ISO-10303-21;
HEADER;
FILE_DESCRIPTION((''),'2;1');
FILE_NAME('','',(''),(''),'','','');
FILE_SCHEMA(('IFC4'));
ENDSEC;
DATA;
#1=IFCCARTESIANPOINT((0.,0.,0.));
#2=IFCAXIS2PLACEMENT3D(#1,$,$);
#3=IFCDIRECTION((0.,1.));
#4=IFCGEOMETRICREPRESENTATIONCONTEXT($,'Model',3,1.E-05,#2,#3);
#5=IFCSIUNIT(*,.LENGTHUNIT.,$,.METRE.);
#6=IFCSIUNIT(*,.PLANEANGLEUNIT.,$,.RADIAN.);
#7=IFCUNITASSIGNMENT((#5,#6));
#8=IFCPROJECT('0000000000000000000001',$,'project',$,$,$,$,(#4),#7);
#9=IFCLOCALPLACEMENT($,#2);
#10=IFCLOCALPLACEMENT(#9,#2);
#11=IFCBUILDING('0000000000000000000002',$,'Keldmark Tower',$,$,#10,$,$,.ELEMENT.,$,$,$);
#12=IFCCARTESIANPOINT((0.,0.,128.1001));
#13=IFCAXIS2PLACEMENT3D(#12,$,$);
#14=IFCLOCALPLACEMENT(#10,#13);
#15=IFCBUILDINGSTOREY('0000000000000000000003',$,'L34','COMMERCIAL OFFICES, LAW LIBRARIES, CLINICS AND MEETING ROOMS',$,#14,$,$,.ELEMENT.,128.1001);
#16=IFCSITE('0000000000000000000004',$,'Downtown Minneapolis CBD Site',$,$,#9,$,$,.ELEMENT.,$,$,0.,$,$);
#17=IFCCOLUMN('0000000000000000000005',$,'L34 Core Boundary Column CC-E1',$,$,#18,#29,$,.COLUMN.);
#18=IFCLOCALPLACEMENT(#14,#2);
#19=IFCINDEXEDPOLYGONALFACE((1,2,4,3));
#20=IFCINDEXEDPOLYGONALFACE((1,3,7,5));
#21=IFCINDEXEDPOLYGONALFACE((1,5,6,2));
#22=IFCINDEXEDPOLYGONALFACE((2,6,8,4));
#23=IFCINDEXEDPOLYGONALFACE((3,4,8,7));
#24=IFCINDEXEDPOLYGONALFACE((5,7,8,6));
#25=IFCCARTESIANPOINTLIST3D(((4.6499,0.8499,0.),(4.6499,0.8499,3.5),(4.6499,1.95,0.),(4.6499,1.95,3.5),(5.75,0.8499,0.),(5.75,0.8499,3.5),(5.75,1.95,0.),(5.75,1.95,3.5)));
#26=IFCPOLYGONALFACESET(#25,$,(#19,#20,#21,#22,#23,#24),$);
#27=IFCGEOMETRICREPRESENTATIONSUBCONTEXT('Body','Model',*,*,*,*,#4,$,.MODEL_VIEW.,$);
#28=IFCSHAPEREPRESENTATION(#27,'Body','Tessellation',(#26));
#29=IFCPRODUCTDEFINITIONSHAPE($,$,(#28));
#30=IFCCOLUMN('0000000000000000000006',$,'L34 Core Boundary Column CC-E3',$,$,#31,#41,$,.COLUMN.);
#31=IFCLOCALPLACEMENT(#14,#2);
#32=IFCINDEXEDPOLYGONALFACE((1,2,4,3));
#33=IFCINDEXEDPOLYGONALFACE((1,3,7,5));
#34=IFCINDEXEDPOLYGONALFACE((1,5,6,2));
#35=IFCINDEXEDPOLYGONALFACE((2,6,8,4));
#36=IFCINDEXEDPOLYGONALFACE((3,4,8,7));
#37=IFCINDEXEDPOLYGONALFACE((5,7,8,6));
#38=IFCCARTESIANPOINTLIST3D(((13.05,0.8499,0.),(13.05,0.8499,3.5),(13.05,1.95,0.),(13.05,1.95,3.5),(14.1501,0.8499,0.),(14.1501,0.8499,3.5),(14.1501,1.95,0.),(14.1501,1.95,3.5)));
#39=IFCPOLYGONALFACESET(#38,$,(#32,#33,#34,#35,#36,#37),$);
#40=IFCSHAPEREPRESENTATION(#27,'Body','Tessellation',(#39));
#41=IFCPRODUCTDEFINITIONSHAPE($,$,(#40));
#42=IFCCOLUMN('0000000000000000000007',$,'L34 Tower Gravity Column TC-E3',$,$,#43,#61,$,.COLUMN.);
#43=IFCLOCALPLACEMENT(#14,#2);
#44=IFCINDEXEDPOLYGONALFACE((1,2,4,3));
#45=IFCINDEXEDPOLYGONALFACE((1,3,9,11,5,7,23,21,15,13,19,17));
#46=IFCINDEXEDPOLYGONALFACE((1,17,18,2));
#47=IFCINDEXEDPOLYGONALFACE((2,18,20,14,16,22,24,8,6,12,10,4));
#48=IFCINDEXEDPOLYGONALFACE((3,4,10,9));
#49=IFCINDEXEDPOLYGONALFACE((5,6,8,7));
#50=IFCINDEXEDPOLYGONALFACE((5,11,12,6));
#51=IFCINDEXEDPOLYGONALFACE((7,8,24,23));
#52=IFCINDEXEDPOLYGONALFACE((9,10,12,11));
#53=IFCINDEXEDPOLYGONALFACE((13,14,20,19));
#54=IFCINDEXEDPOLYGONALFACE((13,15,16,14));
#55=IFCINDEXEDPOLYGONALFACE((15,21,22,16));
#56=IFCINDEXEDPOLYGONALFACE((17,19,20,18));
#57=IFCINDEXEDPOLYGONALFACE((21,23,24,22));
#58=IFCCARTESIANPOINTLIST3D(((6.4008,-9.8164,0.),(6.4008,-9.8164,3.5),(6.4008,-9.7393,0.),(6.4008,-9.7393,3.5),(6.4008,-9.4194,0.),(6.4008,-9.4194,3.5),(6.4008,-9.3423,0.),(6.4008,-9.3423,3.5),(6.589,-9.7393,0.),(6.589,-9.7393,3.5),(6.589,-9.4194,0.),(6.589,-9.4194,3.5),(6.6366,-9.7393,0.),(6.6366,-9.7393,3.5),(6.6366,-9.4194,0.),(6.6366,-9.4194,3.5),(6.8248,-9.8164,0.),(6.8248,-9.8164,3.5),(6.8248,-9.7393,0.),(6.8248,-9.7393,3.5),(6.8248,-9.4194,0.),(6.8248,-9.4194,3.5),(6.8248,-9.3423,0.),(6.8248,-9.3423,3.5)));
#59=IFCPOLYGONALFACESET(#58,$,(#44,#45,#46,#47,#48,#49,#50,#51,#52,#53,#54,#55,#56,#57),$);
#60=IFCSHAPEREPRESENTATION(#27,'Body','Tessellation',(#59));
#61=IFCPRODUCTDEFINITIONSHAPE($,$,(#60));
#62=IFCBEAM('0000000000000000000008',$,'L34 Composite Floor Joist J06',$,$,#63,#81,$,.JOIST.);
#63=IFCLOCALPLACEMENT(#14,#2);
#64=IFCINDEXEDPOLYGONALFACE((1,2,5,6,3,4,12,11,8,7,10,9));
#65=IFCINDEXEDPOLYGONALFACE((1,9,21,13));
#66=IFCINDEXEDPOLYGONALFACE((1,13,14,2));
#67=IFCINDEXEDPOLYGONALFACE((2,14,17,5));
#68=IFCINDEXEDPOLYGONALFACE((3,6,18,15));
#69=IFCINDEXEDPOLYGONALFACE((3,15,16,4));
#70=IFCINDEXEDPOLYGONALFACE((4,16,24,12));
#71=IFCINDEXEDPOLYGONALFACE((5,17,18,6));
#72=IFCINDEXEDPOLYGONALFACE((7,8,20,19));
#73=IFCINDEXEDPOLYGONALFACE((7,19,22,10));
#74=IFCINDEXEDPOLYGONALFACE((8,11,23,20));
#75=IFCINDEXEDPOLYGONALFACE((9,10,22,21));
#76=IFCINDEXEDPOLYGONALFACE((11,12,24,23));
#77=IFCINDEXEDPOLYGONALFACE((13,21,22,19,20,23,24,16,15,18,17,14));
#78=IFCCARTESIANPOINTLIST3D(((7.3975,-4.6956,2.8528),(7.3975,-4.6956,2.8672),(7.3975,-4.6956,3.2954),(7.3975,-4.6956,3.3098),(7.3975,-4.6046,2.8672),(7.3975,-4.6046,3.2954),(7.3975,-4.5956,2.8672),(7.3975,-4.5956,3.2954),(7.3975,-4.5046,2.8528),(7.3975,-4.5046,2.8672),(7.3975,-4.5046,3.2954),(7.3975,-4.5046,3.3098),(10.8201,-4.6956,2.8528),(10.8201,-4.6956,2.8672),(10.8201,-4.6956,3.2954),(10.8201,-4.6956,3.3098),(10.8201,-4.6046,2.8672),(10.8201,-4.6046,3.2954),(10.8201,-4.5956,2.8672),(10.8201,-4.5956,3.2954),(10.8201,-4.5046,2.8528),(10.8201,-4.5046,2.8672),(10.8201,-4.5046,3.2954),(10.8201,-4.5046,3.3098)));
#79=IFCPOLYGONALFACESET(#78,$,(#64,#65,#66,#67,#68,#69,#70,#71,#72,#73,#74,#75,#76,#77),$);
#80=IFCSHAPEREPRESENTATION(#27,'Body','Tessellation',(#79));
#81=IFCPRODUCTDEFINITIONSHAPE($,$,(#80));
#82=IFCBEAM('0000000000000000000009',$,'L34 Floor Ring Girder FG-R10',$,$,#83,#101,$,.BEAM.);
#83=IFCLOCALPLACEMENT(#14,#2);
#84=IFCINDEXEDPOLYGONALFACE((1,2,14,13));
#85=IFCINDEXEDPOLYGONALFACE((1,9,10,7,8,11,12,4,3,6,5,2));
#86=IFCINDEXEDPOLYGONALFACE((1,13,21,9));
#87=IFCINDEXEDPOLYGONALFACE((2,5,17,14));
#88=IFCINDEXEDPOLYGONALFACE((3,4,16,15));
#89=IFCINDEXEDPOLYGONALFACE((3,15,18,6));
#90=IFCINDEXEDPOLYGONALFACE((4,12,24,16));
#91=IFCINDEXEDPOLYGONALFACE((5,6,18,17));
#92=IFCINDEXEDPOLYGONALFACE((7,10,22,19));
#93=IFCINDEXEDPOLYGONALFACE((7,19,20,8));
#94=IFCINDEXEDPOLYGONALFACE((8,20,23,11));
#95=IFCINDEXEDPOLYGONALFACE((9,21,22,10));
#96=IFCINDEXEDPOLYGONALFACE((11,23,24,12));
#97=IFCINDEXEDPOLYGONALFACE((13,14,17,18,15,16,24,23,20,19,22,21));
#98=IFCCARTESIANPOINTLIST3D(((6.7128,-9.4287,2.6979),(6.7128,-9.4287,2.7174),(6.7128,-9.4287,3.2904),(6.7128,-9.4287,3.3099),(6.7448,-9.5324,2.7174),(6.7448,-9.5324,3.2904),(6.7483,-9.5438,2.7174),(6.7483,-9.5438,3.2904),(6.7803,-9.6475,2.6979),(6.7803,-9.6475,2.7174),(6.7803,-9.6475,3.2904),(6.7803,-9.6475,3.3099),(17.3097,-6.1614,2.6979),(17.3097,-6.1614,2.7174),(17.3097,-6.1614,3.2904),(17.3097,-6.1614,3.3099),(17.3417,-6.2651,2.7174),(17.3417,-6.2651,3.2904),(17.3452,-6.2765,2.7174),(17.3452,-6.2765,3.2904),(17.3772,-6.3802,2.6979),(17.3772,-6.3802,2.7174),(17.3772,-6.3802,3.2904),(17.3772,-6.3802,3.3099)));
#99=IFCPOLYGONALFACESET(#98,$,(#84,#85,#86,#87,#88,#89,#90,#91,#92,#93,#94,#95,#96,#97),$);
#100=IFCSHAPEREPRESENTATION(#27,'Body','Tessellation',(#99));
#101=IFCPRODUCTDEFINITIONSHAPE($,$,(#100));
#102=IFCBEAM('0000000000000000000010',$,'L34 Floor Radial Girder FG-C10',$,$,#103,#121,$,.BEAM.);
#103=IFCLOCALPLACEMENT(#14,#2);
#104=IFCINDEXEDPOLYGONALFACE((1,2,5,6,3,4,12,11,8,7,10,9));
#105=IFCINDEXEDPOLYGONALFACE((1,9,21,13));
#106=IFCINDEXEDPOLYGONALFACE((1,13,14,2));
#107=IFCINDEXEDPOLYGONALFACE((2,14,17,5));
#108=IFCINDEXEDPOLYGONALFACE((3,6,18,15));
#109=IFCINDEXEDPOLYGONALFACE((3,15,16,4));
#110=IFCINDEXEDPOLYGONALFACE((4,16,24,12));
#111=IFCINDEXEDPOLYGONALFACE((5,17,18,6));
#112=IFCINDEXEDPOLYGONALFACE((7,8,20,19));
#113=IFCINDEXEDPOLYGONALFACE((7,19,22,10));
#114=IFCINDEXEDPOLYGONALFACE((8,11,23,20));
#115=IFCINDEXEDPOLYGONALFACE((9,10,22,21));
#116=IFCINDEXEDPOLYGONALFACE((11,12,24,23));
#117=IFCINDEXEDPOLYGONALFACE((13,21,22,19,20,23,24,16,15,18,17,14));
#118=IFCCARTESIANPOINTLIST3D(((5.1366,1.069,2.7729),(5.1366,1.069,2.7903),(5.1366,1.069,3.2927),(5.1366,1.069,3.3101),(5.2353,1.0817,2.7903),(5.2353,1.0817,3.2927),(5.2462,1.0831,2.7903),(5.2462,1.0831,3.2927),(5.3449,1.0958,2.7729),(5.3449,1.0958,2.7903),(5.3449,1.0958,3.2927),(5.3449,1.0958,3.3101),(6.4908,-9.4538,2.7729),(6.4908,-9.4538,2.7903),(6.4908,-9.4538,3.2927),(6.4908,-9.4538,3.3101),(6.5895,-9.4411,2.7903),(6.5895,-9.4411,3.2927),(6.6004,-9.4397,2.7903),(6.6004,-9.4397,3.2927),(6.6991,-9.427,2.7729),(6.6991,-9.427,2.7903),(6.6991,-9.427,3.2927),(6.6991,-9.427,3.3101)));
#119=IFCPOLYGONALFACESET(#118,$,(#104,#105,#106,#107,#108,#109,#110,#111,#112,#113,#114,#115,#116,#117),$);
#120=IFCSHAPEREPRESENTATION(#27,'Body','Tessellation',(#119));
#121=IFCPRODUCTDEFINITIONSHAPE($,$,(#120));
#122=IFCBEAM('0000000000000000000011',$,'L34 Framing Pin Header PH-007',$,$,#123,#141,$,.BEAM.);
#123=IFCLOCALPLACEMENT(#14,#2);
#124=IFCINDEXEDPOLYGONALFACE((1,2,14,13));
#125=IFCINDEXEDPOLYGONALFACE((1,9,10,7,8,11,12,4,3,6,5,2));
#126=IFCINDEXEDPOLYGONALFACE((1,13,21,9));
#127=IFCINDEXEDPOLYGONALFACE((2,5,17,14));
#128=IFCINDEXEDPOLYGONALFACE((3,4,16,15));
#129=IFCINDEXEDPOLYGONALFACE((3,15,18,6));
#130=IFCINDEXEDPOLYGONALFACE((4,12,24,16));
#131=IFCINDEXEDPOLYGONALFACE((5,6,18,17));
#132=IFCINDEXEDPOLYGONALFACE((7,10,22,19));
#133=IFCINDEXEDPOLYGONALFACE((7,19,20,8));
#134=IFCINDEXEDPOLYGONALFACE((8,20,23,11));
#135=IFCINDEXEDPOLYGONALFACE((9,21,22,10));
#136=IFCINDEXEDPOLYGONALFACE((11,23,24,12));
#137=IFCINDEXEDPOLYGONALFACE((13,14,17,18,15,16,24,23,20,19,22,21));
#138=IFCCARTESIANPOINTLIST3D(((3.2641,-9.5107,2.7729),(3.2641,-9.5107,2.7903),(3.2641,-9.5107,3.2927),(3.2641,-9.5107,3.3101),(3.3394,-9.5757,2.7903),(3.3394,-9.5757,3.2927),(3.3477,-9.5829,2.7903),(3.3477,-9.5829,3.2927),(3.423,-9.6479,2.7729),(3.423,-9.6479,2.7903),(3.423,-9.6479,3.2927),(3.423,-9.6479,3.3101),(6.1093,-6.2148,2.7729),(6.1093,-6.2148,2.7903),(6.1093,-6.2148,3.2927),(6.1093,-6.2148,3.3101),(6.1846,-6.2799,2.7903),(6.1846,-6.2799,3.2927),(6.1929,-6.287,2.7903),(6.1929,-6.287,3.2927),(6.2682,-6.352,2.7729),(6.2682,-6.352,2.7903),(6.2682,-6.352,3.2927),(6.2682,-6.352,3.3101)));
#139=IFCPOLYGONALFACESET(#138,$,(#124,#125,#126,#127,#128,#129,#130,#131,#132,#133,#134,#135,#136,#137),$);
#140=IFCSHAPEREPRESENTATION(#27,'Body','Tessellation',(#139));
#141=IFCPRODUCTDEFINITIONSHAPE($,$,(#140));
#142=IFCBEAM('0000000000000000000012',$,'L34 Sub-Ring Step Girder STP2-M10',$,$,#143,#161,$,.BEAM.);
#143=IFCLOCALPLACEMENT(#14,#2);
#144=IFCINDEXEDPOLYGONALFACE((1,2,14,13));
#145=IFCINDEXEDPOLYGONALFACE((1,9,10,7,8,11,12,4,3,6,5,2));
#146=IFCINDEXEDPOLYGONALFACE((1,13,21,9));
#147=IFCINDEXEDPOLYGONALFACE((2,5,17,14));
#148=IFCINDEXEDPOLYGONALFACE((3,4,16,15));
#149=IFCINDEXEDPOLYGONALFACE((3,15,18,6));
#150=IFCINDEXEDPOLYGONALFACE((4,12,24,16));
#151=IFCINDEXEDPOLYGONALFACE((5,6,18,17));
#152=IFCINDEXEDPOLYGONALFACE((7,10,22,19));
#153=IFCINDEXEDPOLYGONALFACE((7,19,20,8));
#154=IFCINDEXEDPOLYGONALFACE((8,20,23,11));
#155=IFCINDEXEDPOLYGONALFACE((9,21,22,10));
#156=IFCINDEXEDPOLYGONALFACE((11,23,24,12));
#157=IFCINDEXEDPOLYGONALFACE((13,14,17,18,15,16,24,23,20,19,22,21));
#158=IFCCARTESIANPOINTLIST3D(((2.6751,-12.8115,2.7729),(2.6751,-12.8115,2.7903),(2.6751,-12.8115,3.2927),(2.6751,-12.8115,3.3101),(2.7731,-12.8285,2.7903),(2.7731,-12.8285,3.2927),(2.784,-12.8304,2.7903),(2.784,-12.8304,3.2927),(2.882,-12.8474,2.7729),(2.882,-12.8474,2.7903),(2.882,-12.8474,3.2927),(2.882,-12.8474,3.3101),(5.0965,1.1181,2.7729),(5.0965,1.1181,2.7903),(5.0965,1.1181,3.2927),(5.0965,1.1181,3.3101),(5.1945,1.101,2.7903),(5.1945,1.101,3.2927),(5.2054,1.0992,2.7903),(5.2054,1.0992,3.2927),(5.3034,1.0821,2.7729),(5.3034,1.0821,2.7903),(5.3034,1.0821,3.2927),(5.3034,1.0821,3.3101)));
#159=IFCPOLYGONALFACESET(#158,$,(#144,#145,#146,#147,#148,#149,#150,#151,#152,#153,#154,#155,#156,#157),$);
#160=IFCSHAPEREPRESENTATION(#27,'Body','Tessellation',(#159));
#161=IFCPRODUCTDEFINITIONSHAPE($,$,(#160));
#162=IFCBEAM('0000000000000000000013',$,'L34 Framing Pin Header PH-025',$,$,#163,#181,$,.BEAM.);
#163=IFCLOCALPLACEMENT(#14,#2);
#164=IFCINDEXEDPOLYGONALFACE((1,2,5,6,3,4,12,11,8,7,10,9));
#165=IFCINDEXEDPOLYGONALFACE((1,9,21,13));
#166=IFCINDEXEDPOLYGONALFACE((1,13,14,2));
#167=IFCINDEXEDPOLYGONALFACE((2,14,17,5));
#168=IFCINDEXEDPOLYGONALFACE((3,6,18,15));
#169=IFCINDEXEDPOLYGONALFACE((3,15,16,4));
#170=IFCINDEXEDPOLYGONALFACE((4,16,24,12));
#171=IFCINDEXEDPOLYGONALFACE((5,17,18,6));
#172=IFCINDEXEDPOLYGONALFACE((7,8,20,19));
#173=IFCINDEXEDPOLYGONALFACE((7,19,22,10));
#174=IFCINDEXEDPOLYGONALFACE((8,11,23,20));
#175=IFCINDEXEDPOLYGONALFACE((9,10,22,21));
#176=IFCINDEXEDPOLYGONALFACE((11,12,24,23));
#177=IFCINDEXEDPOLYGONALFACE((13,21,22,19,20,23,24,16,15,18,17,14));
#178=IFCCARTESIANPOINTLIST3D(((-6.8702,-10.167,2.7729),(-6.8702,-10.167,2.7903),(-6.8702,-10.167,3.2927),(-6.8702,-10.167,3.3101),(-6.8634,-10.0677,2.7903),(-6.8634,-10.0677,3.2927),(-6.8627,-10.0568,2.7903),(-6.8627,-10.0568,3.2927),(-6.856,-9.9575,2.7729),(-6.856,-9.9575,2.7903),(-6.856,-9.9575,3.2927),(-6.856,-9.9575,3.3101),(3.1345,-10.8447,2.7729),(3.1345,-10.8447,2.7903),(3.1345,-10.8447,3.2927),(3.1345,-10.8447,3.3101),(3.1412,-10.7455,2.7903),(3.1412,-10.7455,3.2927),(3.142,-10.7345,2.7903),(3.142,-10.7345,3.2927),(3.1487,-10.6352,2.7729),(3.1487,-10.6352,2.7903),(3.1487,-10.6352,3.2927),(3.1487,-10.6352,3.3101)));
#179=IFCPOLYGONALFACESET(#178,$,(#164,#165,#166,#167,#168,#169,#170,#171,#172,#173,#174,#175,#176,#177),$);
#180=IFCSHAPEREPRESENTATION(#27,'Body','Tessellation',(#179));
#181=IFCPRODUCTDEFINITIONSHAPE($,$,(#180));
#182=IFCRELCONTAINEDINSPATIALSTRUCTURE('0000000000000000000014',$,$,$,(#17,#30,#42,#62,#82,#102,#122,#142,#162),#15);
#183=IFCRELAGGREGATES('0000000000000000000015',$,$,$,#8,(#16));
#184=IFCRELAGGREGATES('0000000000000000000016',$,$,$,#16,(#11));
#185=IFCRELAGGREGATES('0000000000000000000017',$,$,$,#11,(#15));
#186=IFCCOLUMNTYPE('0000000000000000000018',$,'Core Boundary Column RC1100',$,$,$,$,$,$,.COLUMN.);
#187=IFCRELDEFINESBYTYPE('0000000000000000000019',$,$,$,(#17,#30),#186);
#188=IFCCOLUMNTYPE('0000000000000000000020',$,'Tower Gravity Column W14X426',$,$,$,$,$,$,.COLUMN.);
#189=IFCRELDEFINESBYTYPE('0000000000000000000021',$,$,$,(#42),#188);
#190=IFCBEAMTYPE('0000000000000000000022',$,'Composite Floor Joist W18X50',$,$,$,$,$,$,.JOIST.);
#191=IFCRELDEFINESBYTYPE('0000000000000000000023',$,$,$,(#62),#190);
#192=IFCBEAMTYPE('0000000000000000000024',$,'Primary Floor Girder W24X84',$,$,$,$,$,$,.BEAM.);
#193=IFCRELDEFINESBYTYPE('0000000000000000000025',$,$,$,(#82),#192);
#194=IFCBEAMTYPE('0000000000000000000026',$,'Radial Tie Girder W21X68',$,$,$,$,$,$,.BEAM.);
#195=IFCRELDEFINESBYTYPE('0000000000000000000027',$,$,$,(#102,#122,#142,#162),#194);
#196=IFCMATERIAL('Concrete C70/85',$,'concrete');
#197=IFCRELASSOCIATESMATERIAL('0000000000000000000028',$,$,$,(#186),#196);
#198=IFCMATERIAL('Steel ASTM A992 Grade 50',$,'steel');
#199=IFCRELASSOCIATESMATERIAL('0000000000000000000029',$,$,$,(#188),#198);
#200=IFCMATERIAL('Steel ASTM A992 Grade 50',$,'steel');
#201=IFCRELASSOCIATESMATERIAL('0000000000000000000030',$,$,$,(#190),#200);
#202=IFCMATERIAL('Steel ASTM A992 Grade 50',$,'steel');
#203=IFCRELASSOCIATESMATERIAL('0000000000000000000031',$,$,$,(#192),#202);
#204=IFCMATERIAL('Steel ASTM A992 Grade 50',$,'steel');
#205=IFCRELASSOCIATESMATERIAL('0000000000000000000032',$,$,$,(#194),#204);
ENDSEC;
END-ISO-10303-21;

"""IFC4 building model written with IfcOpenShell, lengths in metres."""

from ifc_helpers import new_model, si_unit, direction, frame, origin, origin_2d, place, context, subcontext, project, spatial, rectangle, i_section, extrude, material, material_profile, profile_set, type_object, element, save


model = new_model("IFC4")

# Units and contexts
model_context = context("Model", 3, precision=1e-05, world=origin(), true_north=direction((0.0, 1.0)))
body_context = subcontext(model_context, "Body", "Model", "MODEL_VIEW")
ifc_project = project(units=[si_unit("LENGTHUNIT", "METRE"), si_unit("PLANEANGLEUNIT", "RADIAN")], contexts=[model_context])

# Site, building, storey
site_placement = place(None, origin())
site = spatial("IfcSite", under=ifc_project, at=site_placement, Name="Downtown Minneapolis CBD Site", CompositionType="ELEMENT", RefElevation=0.0)
building_placement = place(site_placement, origin())
building = spatial("IfcBuilding", under=site, at=building_placement, Name="Keldmark Tower", CompositionType="ELEMENT")
storey_placement = place(building_placement, frame((0.0, 0.0, 128.1001)))
storey = spatial("IfcBuildingStorey", under=building, at=storey_placement, Name="L34", Description="COMMERCIAL OFFICES, LAW LIBRARIES, CLINICS AND MEETING ROOMS", CompositionType="ELEMENT", Elevation=128.1001)

# Columns
ifc_material_1 = material(Name="Concrete C70/85", Category="concrete")
ifc_material_profile_1 = material_profile(ifc_material_1, rectangle(XDim=1.1001, YDim=1.1001, at=origin_2d()), Name="RC1100X1100")
ifc_profile_set_1 = profile_set([ifc_material_profile_1], Name="Concrete C70/85")
column_type_1 = type_object("IfcColumnType", Name="Core Boundary Column RC1100", PredefinedType="COLUMN", material=ifc_profile_set_1)
for number, where, z_axis, x_axis, name in (
    (1, (5.2, 1.3999, 0.0), (0.0, 0.0, 1.0), (1.0, 0.0, 0.0), "L34 Core Boundary Column CC-E1"),
    (2, (13.6001, 1.3999, 0.0), (0.0, 0.0, 1.0), (1.0, 0.0, 0.0), "L34 Core Boundary Column CC-E3"),
):
    element("IfcColumn", number, at=place(storey_placement, frame(where, z_axis=z_axis, x_axis=x_axis)), inside=storey, type_object=column_type_1, Name=name, PredefinedType="COLUMN", context=body_context, shape_type="SweptSolid", body=[
        extrude(rectangle(XDim=1.1001, YDim=1.1001, at=origin_2d()), origin(), (0.0, 0.0, 1.0), 3.5),
    ])
ifc_material_2 = material(Name="Steel ASTM A992 Grade 50", Category="steel")
ifc_material_profile_2 = material_profile(ifc_material_2, i_section(OverallWidth=0.4241, OverallDepth=0.4741, WebThickness=0.0476, FlangeThickness=0.0771, at=origin_2d()), Name="W14X426")
ifc_profile_set_2 = profile_set([ifc_material_profile_2], Name="Steel ASTM A992 Grade 50")
column_type_2 = type_object("IfcColumnType", Name="Tower Gravity Column W14X426", PredefinedType="COLUMN", material=ifc_profile_set_2)
column_placement = place(storey_placement, frame((6.6128, -9.5793, 0.0), z_axis=(0.0, 0.0, 1.0), x_axis=(1.0, 0.0, 0.0)))
element("IfcColumn", 3, at=column_placement, inside=storey, type_object=column_type_2, Name="L34 Tower Gravity Column TC-E3", PredefinedType="COLUMN", context=body_context, shape_type="SweptSolid", body=[
    extrude(i_section(OverallWidth=0.4241, OverallDepth=0.4741, WebThickness=0.0476, FlangeThickness=0.0771, at=origin_2d()), origin(), (0.0, 0.0, 1.0), 3.5),
])

# Beams
ifc_material_3 = material(Name="Steel ASTM A992 Grade 50", Category="steel")
ifc_material_profile_3 = material_profile(ifc_material_3, i_section(OverallWidth=0.1909, OverallDepth=0.457, WebThickness=0.009, FlangeThickness=0.0144, at=origin_2d()), Name="W18X50")
ifc_profile_set_3 = profile_set([ifc_material_profile_3], Name="Steel ASTM A992 Grade 50")
beam_type_1 = type_object("IfcBeamType", Name="Composite Floor Joist W18X50", PredefinedType="JOIST", material=ifc_profile_set_3)
beam_1_placement = place(storey_placement, frame((7.3975, -4.6001, 3.0813), z_axis=(1.0, 0.0, 0.0), x_axis=(0.0, 1.0, 0.0)))
element("IfcBeam", 4, at=beam_1_placement, inside=storey, type_object=beam_type_1, Name="L34 Composite Floor Joist J06", PredefinedType="JOIST", context=body_context, shape_type="SweptSolid", body=[
    extrude(i_section(OverallWidth=0.1909, OverallDepth=0.457, WebThickness=0.009, FlangeThickness=0.0144, at=origin_2d()), origin(), (0.0, 0.0, 1.0), 3.4226),
])
ifc_material_4 = material(Name="Steel ASTM A992 Grade 50", Category="steel")
ifc_material_profile_4 = material_profile(ifc_material_4, i_section(OverallWidth=0.229, OverallDepth=0.6121, WebThickness=0.012, FlangeThickness=0.0195, at=origin_2d()), Name="W24X84")
ifc_profile_set_4 = profile_set([ifc_material_profile_4], Name="Steel ASTM A992 Grade 50")
beam_type_2 = type_object("IfcBeamType", Name="Primary Floor Girder W24X84", PredefinedType="BEAM", material=ifc_profile_set_4)
beam_2_placement = place(storey_placement, frame((6.7466, -9.5381, 3.0039), z_axis=(0.955608, 0.294641, 0.0), x_axis=(-0.294641, 0.955608, 0.0)))
element("IfcBeam", 5, at=beam_2_placement, inside=storey, type_object=beam_type_2, Name="L34 Floor Ring Girder FG-R10", PredefinedType="BEAM", context=body_context, shape_type="SweptSolid", body=[
    extrude(i_section(OverallWidth=0.229, OverallDepth=0.6121, WebThickness=0.012, FlangeThickness=0.0195, at=origin_2d()), origin(), (0.0, 0.0, 1.0), 11.0891),
])
ifc_material_5 = material(Name="Steel ASTM A992 Grade 50", Category="steel")
ifc_material_profile_5 = material_profile(ifc_material_5, i_section(OverallWidth=0.21, OverallDepth=0.5371, WebThickness=0.011, FlangeThickness=0.0173, at=origin_2d()), Name="W21X68")
ifc_profile_set_5 = profile_set([ifc_material_profile_5], Name="Steel ASTM A992 Grade 50")
beam_type_3 = type_object("IfcBeamType", Name="Radial Tie Girder W21X68", PredefinedType="BEAM", material=ifc_profile_set_5)
beam_3_placement = place(storey_placement, frame((6.595, -9.4404, 3.0415), z_axis=(-0.127642, 0.99182, 0.0), x_axis=(-0.99182, -0.127642, 0.0)))
element("IfcBeam", 6, at=beam_3_placement, inside=storey, type_object=beam_type_3, Name="L34 Floor Radial Girder FG-C10", PredefinedType="BEAM", context=body_context, shape_type="SweptSolid", body=[
    extrude(i_section(OverallWidth=0.21, OverallDepth=0.5371, WebThickness=0.011, FlangeThickness=0.0173, at=origin_2d()), origin(), (0.0, 0.0, 1.0), 10.6096),
])
beam_4_placement = place(storey_placement, frame((6.1887, -6.2834, 3.0415), z_axis=(-0.653456, -0.756964, 0.0), x_axis=(0.756964, -0.653456, 0.0)))
element("IfcBeam", 7, at=beam_4_placement, inside=storey, type_object=beam_type_3, Name="L34 Framing Pin Header PH-007", PredefinedType="BEAM", context=body_context, shape_type="SweptSolid", body=[
    extrude(i_section(OverallWidth=0.21, OverallDepth=0.5371, WebThickness=0.011, FlangeThickness=0.0173, at=origin_2d()), origin(), (0.0, 0.0, 1.0), 4.354),
])
beam_5_placement = place(storey_placement, frame((5.2, 1.1001, 3.0415), z_axis=(-0.171264, -0.985225, 0.0), x_axis=(0.985225, -0.171264, 0.0)))
element("IfcBeam", 8, at=beam_5_placement, inside=storey, type_object=beam_type_3, Name="L34 Sub-Ring Step Girder STP2-M10", PredefinedType="BEAM", context=body_context, shape_type="SweptSolid", body=[
    extrude(i_section(OverallWidth=0.21, OverallDepth=0.5371, WebThickness=0.011, FlangeThickness=0.0173, at=origin_2d()), origin(), (0.0, 0.0, 1.0), 14.1384),
])
beam_6_placement = place(storey_placement, frame((3.1416, -10.74, 3.0415), z_axis=(-0.997713, 0.067587, 0.0), x_axis=(-0.067587, -0.997713, 0.0)))
element("IfcBeam", 9, at=beam_6_placement, inside=storey, type_object=beam_type_3, Name="L34 Framing Pin Header PH-025", PredefinedType="BEAM", context=body_context, shape_type="SweptSolid", body=[
    extrude(i_section(OverallWidth=0.21, OverallDepth=0.5371, WebThickness=0.011, FlangeThickness=0.0173, at=origin_2d()), origin(), (0.0, 0.0, 1.0), 10.0276),
])

save(model, "model.ifc")
